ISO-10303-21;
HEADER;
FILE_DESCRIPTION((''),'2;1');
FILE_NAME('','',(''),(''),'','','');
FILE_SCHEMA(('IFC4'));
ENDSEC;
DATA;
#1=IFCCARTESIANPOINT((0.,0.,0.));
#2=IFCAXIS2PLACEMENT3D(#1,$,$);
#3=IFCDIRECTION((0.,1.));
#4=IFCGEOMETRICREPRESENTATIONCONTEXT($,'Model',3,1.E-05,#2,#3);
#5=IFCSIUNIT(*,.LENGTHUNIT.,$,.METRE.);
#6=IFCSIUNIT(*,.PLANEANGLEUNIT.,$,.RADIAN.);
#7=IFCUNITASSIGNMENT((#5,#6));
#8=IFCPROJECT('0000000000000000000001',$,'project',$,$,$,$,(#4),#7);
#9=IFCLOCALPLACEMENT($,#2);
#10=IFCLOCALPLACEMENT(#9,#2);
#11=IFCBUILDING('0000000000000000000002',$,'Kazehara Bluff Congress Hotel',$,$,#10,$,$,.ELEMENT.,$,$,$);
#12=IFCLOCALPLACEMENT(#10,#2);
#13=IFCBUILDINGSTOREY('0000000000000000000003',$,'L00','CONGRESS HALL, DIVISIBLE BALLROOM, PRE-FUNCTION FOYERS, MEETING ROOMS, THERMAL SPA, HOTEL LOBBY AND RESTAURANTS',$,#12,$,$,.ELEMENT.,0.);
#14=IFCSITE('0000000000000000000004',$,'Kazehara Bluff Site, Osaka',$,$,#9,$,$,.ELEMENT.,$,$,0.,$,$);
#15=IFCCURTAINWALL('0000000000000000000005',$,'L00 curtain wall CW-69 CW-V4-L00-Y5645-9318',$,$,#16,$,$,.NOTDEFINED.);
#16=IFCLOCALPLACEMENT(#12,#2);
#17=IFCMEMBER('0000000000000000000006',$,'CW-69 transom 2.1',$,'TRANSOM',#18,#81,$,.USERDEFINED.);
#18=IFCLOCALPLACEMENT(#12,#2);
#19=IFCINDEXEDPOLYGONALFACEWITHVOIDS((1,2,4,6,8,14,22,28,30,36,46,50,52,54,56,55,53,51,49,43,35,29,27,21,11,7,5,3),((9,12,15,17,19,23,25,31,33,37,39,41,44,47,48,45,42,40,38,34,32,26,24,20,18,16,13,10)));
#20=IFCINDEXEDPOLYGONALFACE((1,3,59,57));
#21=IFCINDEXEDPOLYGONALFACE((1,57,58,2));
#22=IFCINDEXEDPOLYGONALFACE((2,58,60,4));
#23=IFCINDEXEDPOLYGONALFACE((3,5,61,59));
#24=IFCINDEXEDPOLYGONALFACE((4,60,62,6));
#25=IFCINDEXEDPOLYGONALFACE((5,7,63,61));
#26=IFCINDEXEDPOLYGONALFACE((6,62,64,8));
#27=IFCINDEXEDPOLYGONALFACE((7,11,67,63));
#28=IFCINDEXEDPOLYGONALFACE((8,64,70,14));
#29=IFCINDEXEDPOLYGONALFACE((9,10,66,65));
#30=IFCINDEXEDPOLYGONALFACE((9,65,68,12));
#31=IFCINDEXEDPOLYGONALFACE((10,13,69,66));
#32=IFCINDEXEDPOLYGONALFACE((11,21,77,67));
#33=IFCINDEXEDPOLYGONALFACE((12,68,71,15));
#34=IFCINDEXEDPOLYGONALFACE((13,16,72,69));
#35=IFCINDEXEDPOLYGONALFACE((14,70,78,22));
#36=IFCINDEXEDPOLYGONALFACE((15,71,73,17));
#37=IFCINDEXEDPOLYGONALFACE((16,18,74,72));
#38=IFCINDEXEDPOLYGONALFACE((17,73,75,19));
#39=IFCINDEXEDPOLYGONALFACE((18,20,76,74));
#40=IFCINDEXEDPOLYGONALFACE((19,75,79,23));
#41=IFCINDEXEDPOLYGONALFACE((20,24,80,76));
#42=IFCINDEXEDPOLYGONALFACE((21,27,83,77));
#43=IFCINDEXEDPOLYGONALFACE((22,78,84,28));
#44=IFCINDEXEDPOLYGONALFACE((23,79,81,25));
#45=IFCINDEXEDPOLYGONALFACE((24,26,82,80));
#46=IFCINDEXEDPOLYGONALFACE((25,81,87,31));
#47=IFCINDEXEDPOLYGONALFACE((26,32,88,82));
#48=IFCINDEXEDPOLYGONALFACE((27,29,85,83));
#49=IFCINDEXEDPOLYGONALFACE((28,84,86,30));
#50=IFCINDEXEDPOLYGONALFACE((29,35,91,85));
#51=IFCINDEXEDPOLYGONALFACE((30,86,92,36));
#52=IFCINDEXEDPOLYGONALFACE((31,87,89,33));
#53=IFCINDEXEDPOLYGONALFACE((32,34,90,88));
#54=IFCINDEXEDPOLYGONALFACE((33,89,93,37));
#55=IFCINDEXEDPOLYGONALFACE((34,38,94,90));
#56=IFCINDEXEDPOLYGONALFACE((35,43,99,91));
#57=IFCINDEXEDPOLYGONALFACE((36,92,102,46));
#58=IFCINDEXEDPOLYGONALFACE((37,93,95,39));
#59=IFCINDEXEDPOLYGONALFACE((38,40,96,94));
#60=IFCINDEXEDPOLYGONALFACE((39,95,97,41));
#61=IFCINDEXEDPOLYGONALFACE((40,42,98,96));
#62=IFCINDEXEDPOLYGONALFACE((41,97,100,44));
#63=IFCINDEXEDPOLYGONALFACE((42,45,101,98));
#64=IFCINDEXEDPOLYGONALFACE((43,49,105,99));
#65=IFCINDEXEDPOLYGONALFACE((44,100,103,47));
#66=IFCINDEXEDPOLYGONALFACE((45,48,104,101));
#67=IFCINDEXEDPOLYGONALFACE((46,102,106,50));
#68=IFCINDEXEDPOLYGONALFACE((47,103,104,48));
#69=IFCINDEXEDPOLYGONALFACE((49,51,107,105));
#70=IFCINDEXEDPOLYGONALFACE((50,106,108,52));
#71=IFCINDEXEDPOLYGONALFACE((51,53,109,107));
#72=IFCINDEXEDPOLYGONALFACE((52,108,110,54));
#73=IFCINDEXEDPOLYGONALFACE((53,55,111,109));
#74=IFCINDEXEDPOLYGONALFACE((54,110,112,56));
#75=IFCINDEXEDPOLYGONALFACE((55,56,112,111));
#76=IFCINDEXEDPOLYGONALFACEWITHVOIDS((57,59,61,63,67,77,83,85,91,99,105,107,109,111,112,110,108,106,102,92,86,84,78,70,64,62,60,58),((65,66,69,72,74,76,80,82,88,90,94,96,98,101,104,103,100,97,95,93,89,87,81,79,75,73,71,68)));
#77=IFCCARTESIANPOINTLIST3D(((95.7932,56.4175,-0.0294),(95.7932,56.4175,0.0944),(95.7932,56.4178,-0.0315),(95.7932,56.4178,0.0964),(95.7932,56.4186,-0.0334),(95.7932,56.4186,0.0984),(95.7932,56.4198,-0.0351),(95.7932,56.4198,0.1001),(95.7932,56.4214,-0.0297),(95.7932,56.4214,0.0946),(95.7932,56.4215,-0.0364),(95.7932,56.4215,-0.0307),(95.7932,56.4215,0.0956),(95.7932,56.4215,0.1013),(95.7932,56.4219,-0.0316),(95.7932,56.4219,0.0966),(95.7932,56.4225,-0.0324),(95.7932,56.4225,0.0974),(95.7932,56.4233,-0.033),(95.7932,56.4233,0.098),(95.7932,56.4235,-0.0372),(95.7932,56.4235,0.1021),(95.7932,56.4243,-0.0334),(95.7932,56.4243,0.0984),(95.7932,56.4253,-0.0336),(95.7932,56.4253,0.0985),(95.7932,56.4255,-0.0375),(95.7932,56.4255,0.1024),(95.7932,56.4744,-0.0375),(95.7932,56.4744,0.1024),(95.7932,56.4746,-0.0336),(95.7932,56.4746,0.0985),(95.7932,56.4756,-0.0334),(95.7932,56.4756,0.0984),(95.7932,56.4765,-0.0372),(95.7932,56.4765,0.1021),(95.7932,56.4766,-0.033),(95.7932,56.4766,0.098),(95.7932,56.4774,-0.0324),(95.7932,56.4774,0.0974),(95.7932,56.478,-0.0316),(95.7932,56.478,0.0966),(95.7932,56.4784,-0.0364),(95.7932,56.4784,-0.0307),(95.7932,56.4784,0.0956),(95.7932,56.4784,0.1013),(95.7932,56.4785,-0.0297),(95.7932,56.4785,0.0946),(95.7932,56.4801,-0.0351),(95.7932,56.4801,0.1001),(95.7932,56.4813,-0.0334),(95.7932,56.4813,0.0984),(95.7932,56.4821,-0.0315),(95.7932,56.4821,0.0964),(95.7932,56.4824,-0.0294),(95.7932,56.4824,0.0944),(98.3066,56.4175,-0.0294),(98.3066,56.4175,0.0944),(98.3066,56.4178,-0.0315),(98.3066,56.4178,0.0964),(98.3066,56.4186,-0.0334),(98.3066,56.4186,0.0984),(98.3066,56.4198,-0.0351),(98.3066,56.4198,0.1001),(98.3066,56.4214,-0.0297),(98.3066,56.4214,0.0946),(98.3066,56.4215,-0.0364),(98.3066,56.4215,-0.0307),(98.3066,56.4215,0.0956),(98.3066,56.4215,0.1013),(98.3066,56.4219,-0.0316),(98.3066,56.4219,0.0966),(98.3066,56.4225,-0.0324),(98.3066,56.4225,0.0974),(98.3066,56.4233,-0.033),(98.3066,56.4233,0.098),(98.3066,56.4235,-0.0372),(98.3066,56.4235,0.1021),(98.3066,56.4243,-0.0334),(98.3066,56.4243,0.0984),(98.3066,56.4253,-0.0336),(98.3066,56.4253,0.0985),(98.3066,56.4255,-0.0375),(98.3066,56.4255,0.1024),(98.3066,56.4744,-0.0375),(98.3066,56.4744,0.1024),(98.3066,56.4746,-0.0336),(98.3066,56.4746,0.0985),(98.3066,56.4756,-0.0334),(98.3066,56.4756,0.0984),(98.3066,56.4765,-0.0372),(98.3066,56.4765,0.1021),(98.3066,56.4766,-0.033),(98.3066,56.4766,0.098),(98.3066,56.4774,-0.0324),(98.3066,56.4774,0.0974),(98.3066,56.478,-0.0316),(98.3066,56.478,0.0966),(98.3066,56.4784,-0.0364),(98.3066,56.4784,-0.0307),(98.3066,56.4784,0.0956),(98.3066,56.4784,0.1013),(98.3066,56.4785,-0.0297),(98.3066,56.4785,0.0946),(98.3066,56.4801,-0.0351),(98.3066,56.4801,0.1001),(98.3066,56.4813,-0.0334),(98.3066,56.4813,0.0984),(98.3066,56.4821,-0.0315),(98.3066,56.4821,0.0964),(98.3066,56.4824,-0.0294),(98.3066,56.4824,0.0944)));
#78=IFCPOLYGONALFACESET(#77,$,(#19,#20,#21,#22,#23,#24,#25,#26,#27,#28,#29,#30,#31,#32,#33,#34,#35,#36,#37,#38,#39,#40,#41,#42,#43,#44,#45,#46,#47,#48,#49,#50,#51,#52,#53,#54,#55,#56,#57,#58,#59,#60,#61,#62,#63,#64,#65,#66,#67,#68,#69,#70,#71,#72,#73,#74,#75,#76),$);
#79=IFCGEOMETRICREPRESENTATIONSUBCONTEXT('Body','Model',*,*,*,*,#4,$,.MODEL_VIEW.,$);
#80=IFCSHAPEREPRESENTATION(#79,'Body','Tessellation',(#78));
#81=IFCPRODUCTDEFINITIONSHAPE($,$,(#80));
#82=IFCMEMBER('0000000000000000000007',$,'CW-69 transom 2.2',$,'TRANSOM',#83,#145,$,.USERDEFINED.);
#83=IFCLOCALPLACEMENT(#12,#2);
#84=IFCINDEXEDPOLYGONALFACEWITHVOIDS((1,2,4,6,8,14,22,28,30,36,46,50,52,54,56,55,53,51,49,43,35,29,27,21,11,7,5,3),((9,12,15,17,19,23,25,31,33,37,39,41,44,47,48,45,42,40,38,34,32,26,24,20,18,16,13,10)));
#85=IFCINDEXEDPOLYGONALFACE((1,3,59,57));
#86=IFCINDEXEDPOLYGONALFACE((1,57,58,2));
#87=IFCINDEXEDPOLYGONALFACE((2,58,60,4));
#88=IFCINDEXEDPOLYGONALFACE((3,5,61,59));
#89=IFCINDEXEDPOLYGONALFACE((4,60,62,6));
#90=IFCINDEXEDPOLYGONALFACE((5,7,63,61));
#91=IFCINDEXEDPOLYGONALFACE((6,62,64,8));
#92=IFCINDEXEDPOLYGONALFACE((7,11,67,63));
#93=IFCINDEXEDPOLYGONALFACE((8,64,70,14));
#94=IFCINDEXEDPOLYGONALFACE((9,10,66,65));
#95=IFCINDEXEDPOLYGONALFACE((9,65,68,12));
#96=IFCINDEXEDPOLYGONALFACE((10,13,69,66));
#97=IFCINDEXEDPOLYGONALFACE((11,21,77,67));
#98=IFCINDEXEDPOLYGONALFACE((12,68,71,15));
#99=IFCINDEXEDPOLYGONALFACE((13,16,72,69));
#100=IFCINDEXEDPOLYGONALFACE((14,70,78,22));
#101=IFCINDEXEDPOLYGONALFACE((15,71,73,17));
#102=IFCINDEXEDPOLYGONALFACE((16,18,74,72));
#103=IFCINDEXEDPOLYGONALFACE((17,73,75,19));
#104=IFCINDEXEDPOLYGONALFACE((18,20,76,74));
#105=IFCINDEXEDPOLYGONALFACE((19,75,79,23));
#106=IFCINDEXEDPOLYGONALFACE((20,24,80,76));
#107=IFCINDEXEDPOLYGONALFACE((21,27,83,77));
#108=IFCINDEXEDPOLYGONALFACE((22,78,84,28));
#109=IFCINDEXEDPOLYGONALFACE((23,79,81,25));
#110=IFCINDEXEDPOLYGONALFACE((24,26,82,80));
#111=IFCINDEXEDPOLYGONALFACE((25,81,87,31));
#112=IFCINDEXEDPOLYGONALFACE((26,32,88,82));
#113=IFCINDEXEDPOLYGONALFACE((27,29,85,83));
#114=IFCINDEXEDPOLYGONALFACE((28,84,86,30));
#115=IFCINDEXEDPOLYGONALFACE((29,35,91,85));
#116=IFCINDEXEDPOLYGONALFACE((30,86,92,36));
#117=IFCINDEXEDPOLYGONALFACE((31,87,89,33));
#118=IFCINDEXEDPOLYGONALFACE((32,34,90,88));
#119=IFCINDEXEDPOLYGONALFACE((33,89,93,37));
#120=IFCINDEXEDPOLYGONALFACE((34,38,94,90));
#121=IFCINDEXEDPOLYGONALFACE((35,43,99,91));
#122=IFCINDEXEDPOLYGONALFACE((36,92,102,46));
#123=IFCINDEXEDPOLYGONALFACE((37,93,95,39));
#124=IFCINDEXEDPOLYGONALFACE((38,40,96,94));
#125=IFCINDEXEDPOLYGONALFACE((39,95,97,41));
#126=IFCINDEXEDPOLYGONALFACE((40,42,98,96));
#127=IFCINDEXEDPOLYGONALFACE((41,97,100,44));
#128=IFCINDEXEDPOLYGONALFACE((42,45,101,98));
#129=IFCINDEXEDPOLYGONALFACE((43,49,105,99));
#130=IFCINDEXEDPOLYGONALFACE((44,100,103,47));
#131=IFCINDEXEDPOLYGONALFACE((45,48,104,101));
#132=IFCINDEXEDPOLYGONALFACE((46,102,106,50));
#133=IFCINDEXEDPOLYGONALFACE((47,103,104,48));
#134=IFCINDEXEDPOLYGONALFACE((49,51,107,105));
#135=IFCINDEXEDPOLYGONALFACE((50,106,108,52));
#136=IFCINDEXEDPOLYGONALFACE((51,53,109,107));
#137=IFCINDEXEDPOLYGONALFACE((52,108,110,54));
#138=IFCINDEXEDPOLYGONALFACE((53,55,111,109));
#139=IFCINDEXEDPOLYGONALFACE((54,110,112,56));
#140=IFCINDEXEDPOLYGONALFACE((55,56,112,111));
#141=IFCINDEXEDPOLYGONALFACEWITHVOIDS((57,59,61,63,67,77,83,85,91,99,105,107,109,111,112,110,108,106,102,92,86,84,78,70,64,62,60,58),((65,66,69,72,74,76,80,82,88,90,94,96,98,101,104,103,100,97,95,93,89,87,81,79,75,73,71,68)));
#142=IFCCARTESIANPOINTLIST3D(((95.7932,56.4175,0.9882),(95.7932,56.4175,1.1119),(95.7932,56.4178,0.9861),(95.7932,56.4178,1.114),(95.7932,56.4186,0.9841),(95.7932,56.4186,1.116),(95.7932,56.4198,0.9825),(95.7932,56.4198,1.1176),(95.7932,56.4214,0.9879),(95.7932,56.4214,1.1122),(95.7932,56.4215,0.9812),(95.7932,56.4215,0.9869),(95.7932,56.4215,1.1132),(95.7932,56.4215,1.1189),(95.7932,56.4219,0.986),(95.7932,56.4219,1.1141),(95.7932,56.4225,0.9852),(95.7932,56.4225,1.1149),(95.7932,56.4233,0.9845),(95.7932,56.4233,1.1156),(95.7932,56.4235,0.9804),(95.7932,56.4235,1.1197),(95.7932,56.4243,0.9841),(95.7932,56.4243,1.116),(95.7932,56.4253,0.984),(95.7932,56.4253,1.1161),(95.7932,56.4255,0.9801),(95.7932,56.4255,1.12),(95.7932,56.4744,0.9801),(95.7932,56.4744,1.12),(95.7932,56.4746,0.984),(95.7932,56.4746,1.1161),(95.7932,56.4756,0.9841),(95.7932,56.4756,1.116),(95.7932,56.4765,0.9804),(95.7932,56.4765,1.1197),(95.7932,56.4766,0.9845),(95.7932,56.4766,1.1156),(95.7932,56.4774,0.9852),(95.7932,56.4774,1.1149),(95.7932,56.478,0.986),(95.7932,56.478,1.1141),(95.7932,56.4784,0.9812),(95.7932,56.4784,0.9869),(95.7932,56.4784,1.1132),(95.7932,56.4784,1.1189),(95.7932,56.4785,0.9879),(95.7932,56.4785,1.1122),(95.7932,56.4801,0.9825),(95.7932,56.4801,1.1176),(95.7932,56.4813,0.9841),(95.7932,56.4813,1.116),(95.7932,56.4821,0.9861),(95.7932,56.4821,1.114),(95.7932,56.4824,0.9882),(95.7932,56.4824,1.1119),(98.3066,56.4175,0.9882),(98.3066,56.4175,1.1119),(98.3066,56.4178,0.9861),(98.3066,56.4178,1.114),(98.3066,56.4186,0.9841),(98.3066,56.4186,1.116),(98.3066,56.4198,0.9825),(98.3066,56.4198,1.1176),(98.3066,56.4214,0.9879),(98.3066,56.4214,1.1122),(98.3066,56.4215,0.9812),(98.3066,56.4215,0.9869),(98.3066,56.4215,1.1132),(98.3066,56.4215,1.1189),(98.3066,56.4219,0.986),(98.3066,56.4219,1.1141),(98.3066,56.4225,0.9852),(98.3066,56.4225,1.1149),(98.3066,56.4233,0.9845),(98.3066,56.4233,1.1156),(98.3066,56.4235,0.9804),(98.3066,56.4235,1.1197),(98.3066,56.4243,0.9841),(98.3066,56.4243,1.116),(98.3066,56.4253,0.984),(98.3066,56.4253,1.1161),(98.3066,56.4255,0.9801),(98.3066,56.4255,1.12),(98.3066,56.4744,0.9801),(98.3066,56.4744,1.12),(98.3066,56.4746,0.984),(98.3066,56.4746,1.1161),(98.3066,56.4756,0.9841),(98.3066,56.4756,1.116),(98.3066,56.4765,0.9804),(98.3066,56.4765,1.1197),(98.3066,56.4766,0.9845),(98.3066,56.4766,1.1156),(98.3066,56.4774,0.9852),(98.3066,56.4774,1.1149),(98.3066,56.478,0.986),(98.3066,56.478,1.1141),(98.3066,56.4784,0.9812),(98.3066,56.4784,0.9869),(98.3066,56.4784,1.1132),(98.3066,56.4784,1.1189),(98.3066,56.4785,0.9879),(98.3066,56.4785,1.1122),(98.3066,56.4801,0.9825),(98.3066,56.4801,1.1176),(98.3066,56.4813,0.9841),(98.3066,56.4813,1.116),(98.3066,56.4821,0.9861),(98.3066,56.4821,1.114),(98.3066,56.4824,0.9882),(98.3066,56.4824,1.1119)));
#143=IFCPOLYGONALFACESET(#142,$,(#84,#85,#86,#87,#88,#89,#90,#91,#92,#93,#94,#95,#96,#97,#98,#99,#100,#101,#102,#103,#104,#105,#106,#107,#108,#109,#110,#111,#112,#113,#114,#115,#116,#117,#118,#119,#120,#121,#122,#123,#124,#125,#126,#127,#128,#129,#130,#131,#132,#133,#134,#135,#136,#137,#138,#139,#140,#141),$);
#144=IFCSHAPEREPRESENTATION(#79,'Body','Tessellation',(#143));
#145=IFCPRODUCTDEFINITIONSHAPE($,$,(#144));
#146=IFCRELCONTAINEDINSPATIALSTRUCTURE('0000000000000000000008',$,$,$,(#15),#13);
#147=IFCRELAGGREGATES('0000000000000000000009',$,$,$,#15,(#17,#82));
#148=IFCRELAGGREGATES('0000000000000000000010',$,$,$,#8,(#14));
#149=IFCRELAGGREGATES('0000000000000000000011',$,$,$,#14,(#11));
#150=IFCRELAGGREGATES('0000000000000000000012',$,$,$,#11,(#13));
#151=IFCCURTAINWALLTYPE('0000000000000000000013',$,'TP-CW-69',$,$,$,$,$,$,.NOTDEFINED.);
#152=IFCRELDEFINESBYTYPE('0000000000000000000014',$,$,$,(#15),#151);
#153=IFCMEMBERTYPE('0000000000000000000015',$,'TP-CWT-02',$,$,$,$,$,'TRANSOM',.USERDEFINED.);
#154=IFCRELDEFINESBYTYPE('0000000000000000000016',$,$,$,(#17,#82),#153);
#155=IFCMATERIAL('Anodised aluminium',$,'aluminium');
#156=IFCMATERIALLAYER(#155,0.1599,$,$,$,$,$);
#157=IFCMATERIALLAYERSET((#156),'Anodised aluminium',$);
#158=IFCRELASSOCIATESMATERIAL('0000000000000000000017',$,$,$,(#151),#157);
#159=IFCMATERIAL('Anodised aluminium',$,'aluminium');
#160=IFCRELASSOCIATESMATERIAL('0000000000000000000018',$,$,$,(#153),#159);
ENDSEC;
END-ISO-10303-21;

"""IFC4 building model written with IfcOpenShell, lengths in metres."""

from ifc_helpers import new_model, si_unit, direction, frame, origin, origin_2d, place, context, subcontext, project, spatial, hollow_rectangle, extrude, material, layer, layer_set, material_profile, profile_set, type_object, element, aggregate, save


model = new_model("IFC4")

# Units and contexts
model_context = context("Model", 3, precision=1e-05, world=origin(), true_north=direction((0.0, 1.0)))
body_context = subcontext(model_context, "Body", "Model", "MODEL_VIEW")
ifc_project = project(units=[si_unit("LENGTHUNIT", "METRE"), si_unit("PLANEANGLEUNIT", "RADIAN")], contexts=[model_context])

# Site, building, storey
site_placement = place(None, origin())
site = spatial("IfcSite", under=ifc_project, at=site_placement, Name="Kazehara Bluff Site, Osaka", CompositionType="ELEMENT", RefElevation=0.0)
building_placement = place(site_placement, origin())
building = spatial("IfcBuilding", under=site, at=building_placement, Name="Kazehara Bluff Congress Hotel", CompositionType="ELEMENT")
storey_placement = place(building_placement, origin())
storey = spatial("IfcBuildingStorey", under=building, at=storey_placement, Name="L00", Description="CONGRESS HALL, DIVISIBLE BALLROOM, PRE-FUNCTION FOYERS, MEETING ROOMS, THERMAL SPA, HOTEL LOBBY AND RESTAURANTS", CompositionType="ELEMENT", Elevation=0.0)

# Curtain wall, members
ifc_material_1 = material(Name="Anodised aluminium", Category="aluminium")
ifc_layer_1 = layer(ifc_material_1, 0.1599)
ifc_layer_set_1 = layer_set([ifc_layer_1], Name="Anodised aluminium")
curtain_wall_type = type_object("IfcCurtainWallType", Name="TP-CW-69", PredefinedType="NOTDEFINED", material=ifc_layer_set_1)
curtain_wall_placement = place(storey_placement, origin())
curtain_wall = element("IfcCurtainWall", 1, at=curtain_wall_placement, inside=storey, type_object=curtain_wall_type, Name="L00 curtain wall CW-69 CW-V4-L00-Y5645-9318", PredefinedType="NOTDEFINED")
ifc_material_2 = material(Name="Anodised aluminium", Category="aluminium")
ifc_material_profile_1 = material_profile(ifc_material_2, hollow_rectangle(XDim=0.0649, YDim=0.1399, WallThickness=0.0039, InnerFilletRadius=0.0039, OuterFilletRadius=0.0081, at=origin_2d()))
ifc_profile_set_1 = profile_set([ifc_material_profile_1], Name="Anodised aluminium")
member_type_1 = type_object("IfcMemberType", Name="TP-CWT-02", ElementType="TRANSOM", PredefinedType="USERDEFINED", material=ifc_profile_set_1)
member_1_placement = place(storey_placement, frame((95.7932, 56.45, 0.0325), z_axis=(1.0, 0.0, 0.0), x_axis=(0.0, 1.0, 0.0)))
member_1 = element("IfcMember", 2, at=member_1_placement, type_object=member_type_1, Name="CW-69 transom 2.1", ObjectType="TRANSOM", PredefinedType="USERDEFINED", context=body_context, shape_type="SweptSolid", body=[
    extrude(hollow_rectangle(XDim=0.0649, YDim=0.1399, WallThickness=0.0039, InnerFilletRadius=0.0039, OuterFilletRadius=0.0081, at=origin_2d()), origin(), (0.0, 0.0, 1.0), 2.5134),
])
member_2_placement = place(storey_placement, frame((95.7932, 56.45, 1.05), z_axis=(1.0, 0.0, 0.0), x_axis=(0.0, 1.0, 0.0)))
member_2 = element("IfcMember", 3, at=member_2_placement, type_object=member_type_1, Name="CW-69 transom 2.2", ObjectType="TRANSOM", PredefinedType="USERDEFINED", context=body_context, shape_type="SweptSolid", body=[
    extrude(hollow_rectangle(XDim=0.0649, YDim=0.1399, WallThickness=0.0039, InnerFilletRadius=0.0039, OuterFilletRadius=0.0081, at=origin_2d()), origin(), (0.0, 0.0, 1.0), 2.5134),
])
aggregate(curtain_wall, [member_1, member_2])

save(model, "model.ifc")
